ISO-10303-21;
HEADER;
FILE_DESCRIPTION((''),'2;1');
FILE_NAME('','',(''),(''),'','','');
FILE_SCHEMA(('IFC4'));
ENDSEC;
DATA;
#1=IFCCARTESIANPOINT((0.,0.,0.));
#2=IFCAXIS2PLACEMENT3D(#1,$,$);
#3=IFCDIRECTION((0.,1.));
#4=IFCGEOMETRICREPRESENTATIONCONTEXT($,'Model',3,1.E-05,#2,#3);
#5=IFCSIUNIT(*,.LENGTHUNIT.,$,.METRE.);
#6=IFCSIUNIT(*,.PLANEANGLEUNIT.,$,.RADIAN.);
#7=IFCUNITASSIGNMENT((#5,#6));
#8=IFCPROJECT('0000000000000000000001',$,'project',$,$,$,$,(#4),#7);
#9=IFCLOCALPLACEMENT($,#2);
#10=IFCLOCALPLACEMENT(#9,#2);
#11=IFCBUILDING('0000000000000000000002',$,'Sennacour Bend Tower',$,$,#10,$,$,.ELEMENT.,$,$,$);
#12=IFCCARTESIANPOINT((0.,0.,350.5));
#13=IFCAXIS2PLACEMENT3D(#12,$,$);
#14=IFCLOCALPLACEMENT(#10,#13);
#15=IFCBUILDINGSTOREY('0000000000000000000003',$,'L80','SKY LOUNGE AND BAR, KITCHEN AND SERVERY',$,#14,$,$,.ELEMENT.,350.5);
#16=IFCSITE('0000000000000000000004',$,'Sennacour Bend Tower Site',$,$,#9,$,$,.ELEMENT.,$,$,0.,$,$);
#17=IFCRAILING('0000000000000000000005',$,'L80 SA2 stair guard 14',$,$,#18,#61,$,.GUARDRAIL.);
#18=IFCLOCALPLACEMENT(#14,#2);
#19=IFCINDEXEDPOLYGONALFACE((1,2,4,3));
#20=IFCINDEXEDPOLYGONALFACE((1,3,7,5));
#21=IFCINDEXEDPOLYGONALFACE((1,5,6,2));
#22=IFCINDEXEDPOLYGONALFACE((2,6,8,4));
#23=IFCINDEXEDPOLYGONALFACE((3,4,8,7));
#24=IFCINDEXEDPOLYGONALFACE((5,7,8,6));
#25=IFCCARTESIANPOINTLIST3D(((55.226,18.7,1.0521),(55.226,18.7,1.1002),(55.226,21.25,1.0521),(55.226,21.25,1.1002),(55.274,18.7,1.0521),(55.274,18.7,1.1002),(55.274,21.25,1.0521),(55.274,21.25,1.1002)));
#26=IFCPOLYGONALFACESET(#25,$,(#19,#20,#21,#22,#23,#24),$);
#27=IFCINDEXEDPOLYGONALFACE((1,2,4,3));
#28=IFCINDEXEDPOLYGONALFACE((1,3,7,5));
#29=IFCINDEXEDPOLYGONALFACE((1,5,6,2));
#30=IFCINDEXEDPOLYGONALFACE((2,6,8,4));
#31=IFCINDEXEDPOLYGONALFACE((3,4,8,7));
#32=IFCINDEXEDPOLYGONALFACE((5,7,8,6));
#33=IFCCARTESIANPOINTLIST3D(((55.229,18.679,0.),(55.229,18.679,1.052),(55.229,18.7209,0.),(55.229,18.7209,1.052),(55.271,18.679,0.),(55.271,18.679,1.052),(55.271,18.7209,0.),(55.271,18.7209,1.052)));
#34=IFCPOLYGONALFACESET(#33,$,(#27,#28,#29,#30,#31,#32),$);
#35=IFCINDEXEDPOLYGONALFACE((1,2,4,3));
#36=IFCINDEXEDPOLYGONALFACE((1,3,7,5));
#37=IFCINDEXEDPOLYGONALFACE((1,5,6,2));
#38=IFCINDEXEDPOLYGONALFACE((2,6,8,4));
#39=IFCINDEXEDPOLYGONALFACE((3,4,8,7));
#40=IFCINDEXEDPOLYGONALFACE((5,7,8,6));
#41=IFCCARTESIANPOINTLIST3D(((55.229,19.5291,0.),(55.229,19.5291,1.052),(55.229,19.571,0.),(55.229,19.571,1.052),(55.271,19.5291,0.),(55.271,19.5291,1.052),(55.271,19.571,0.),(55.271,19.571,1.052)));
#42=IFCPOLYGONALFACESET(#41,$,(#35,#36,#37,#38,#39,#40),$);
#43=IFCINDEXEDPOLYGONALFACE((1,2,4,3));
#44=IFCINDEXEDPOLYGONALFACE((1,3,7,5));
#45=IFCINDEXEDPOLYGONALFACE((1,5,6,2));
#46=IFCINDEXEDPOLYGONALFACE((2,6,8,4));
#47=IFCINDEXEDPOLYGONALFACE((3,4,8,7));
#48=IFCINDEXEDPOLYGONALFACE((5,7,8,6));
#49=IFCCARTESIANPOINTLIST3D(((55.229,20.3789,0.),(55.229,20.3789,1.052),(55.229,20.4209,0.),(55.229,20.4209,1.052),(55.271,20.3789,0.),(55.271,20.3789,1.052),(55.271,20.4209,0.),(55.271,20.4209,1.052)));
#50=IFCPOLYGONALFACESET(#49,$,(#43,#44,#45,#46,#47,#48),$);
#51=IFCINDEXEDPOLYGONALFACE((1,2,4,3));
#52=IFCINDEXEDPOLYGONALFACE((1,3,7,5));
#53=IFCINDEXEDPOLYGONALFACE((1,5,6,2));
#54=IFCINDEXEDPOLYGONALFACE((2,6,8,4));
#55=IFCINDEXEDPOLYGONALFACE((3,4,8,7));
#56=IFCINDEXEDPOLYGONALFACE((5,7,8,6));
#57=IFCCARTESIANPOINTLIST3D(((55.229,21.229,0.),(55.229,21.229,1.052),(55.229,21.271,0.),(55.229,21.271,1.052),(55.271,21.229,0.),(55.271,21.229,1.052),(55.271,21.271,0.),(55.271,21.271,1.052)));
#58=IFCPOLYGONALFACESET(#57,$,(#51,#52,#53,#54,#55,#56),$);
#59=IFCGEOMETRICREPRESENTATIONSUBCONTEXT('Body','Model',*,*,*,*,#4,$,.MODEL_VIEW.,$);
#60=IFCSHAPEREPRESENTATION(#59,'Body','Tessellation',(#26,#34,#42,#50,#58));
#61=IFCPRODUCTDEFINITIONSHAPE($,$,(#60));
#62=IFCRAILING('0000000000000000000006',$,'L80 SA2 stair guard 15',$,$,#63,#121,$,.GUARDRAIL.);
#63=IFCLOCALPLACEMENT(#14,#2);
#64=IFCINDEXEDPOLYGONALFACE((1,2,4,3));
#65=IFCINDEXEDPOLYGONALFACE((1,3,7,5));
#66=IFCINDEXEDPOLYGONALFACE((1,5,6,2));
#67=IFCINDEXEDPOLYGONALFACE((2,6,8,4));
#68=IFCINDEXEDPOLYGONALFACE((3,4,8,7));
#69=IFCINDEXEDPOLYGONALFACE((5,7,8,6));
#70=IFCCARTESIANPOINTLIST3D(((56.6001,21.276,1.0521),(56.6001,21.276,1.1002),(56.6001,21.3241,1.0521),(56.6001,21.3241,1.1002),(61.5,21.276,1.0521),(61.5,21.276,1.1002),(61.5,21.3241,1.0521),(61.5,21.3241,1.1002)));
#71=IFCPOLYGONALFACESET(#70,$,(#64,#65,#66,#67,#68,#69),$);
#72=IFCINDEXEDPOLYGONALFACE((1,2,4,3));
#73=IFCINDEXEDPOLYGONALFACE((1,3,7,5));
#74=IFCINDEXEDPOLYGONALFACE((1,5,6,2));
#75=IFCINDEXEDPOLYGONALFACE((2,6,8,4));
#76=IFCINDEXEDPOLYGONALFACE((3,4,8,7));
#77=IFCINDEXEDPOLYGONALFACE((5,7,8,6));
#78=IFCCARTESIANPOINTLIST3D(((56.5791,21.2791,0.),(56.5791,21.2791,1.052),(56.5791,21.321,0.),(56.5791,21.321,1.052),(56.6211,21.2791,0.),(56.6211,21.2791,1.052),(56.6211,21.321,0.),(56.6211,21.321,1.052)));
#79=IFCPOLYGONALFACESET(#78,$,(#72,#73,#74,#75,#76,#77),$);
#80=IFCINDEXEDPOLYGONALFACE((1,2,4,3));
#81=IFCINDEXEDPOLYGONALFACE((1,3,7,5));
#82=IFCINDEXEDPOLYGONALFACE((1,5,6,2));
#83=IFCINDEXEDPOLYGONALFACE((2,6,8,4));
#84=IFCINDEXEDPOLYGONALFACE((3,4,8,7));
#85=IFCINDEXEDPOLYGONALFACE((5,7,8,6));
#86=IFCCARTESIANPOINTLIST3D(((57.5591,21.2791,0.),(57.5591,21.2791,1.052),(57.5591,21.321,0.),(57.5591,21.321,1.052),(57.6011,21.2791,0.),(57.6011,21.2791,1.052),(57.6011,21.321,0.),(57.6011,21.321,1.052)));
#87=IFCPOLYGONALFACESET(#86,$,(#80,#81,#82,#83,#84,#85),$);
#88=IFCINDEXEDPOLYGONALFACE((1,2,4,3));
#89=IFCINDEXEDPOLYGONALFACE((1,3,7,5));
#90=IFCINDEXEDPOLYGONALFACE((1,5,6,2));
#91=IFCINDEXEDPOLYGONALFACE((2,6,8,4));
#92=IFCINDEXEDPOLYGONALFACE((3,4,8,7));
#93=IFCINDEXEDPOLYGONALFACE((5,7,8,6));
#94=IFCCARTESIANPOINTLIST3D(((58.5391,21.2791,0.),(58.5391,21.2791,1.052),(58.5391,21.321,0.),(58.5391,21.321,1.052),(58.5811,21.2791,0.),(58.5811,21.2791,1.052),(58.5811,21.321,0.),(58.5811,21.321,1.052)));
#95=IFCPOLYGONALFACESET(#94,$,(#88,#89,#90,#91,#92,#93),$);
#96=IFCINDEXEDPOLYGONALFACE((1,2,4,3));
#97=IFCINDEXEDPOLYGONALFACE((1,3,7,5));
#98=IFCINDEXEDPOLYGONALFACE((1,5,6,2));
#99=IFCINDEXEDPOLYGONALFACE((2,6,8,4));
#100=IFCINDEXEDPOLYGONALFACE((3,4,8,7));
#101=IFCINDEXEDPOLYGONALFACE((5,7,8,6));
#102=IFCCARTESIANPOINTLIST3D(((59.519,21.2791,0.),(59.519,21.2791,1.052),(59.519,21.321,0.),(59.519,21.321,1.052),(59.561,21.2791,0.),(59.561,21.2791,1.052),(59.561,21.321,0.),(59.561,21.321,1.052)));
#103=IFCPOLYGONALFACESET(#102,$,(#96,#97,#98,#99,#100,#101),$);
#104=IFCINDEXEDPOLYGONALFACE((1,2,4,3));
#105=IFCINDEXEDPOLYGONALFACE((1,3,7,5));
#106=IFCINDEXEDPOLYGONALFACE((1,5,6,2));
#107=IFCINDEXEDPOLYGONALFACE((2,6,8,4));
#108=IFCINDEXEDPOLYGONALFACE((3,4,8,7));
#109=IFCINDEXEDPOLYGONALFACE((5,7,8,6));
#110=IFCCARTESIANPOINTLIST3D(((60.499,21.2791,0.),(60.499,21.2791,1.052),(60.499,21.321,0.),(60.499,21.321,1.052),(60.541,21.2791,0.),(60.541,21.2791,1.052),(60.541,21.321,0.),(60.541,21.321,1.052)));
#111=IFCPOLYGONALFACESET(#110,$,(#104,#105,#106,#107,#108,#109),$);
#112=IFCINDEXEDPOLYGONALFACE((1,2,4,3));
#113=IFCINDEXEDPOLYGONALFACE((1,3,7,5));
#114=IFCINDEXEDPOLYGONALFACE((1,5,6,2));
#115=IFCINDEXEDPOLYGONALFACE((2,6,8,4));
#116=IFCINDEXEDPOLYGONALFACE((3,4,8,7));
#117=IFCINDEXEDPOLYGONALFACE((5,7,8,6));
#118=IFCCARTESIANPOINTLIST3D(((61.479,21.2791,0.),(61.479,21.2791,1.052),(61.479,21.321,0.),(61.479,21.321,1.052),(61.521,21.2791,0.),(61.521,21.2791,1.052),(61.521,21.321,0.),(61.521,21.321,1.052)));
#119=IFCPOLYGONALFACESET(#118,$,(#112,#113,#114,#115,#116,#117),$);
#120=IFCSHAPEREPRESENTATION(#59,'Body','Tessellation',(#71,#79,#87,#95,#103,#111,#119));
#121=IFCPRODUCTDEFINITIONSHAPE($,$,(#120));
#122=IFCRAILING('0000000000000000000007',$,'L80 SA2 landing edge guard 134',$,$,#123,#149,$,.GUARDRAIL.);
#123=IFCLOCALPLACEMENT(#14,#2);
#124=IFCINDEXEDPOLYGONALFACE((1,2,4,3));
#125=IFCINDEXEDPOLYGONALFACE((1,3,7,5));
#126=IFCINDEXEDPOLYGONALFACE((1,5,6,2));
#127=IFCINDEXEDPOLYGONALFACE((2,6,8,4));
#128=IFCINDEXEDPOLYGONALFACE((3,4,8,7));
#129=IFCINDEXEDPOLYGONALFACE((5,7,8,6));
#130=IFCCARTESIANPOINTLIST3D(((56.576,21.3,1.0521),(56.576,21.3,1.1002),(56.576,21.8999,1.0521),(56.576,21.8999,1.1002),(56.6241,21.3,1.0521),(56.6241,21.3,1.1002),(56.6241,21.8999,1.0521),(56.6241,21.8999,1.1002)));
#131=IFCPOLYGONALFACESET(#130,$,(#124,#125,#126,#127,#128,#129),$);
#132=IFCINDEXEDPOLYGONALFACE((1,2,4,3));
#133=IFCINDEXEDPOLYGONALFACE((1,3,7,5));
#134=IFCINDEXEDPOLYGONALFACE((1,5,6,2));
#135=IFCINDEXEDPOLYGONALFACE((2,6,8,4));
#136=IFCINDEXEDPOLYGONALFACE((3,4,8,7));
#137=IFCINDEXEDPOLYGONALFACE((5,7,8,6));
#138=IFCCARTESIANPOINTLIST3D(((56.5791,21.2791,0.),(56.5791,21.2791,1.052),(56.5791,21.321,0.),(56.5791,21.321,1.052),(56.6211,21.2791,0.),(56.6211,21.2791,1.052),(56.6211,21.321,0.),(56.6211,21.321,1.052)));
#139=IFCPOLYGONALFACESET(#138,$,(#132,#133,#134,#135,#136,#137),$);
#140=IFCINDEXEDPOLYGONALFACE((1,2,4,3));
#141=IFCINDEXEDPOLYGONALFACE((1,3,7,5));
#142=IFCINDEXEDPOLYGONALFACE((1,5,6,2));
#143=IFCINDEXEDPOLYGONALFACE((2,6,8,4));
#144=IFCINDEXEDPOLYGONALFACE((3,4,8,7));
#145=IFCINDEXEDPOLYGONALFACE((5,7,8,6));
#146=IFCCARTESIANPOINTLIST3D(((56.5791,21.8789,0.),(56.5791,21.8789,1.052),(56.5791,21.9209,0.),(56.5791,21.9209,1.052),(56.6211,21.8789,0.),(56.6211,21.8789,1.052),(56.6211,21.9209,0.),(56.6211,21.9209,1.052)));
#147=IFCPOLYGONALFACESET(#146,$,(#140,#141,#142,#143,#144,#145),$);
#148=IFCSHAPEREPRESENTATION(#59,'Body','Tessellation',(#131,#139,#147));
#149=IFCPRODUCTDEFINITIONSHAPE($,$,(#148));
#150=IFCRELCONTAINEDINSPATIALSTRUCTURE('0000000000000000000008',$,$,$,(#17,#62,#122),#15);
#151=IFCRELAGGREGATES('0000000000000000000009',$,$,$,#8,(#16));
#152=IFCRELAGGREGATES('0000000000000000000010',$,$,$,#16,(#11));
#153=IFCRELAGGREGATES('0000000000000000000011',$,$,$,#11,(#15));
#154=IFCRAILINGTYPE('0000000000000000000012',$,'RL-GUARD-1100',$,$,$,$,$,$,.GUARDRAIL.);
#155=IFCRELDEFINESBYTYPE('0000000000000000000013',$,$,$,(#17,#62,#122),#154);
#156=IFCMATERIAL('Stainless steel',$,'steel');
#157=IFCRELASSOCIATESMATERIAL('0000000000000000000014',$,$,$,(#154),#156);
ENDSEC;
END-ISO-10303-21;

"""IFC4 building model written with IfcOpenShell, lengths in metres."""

from ifc_helpers import new_model, si_unit, direction, frame, origin, origin_2d, place, context, subcontext, project, spatial, rectangle, extrude, material, type_object, element, save


model = new_model("IFC4")

# Units and contexts
model_context = context("Model", 3, precision=1e-05, world=origin(), true_north=direction((0.0, 1.0)))
body_context = subcontext(model_context, "Body", "Model", "MODEL_VIEW")
ifc_project = project(units=[si_unit("LENGTHUNIT", "METRE"), si_unit("PLANEANGLEUNIT", "RADIAN")], contexts=[model_context])

# Site, building, storey
site_placement = place(None, origin())
site = spatial("IfcSite", under=ifc_project, at=site_placement, Name="Sennacour Bend Tower Site", CompositionType="ELEMENT", RefElevation=0.0)
building_placement = place(site_placement, origin())
building = spatial("IfcBuilding", under=site, at=building_placement, Name="Sennacour Bend Tower", CompositionType="ELEMENT")
storey_placement = place(building_placement, frame((0.0, 0.0, 350.5)))
storey = spatial("IfcBuildingStorey", under=building, at=storey_placement, Name="L80", Description="SKY LOUNGE AND BAR, KITCHEN AND SERVERY", CompositionType="ELEMENT", Elevation=350.5)

# Shared definitions
ifc_material_1 = material(Name="Stainless steel", Category="steel")

# Railings
railing_type = type_object("IfcRailingType", Name="RL-GUARD-1100", PredefinedType="GUARDRAIL", material=ifc_material_1)
railing_1_placement = place(storey_placement, frame((55.25, 18.7, 0.0)))
element("IfcRailing", 1, at=railing_1_placement, inside=storey, type_object=railing_type, Name="L80 SA2 stair guard 14", PredefinedType="GUARDRAIL", context=body_context, shape_type="SweptSolid", body=[
    extrude(rectangle(XDim=0.0481, YDim=0.0481, at=origin_2d()), frame((0.0, 0.0, 1.0762), z_axis=(0.0, 1.0, 0.0), x_axis=(-1.0, 0.0, 0.0)), (0.0, 0.0, 1.0), 2.55),
    extrude(rectangle(XDim=0.042, YDim=0.042, at=origin_2d()), origin(), (0.0, 0.0, 1.0), 1.052),
    extrude(rectangle(XDim=0.042, YDim=0.042, at=origin_2d()), frame((0.0, 0.8501, 0.0)), (0.0, 0.0, 1.0), 1.052),
    extrude(rectangle(XDim=0.042, YDim=0.042, at=origin_2d()), frame((0.0, 1.7, 0.0)), (0.0, 0.0, 1.0), 1.052),
    extrude(rectangle(XDim=0.042, YDim=0.042, at=origin_2d()), frame((0.0, 2.55, 0.0)), (0.0, 0.0, 1.0), 1.052),
])
railing_2_placement = place(storey_placement, frame((56.6001, 21.3, 0.0)))
element("IfcRailing", 2, at=railing_2_placement, inside=storey, type_object=railing_type, Name="L80 SA2 stair guard 15", PredefinedType="GUARDRAIL", context=body_context, shape_type="SweptSolid", body=[
    extrude(rectangle(XDim=0.0481, YDim=0.0481, at=origin_2d()), frame((0.0, 0.0, 1.0762), z_axis=(1.0, 0.0, 0.0), x_axis=(0.0, 1.0, 0.0)), (0.0, 0.0, 1.0), 4.8999),
    extrude(rectangle(XDim=0.042, YDim=0.042, at=origin_2d()), origin(), (0.0, 0.0, 1.0), 1.052),
    extrude(rectangle(XDim=0.042, YDim=0.042, at=origin_2d()), frame((0.98, 0.0, 0.0)), (0.0, 0.0, 1.0), 1.052),
    extrude(rectangle(XDim=0.042, YDim=0.042, at=origin_2d()), frame((1.96, 0.0, 0.0)), (0.0, 0.0, 1.0), 1.052),
    extrude(rectangle(XDim=0.042, YDim=0.042, at=origin_2d()), frame((2.9399, 0.0, 0.0)), (0.0, 0.0, 1.0), 1.052),
    extrude(rectangle(XDim=0.042, YDim=0.042, at=origin_2d()), frame((3.9199, 0.0, 0.0)), (0.0, 0.0, 1.0), 1.052),
    extrude(rectangle(XDim=0.042, YDim=0.042, at=origin_2d()), frame((4.8999, 0.0, 0.0)), (0.0, 0.0, 1.0), 1.052),
])
railing_3_placement = place(storey_placement, frame((56.6001, 21.3, 0.0)))
element("IfcRailing", 3, at=railing_3_placement, inside=storey, type_object=railing_type, Name="L80 SA2 landing edge guard 134", PredefinedType="GUARDRAIL", context=body_context, shape_type="SweptSolid", body=[
    extrude(rectangle(XDim=0.0481, YDim=0.0481, at=origin_2d()), frame((0.0, 0.0, 1.0762), z_axis=(0.0, 1.0, 0.0), x_axis=(-1.0, 0.0, 0.0)), (0.0, 0.0, 1.0), 0.5999),
    extrude(rectangle(XDim=0.042, YDim=0.042, at=origin_2d()), origin(), (0.0, 0.0, 1.0), 1.052),
    extrude(rectangle(XDim=0.042, YDim=0.042, at=origin_2d()), frame((0.0, 0.5999, 0.0)), (0.0, 0.0, 1.0), 1.052),
])

save(model, "model.ifc")
